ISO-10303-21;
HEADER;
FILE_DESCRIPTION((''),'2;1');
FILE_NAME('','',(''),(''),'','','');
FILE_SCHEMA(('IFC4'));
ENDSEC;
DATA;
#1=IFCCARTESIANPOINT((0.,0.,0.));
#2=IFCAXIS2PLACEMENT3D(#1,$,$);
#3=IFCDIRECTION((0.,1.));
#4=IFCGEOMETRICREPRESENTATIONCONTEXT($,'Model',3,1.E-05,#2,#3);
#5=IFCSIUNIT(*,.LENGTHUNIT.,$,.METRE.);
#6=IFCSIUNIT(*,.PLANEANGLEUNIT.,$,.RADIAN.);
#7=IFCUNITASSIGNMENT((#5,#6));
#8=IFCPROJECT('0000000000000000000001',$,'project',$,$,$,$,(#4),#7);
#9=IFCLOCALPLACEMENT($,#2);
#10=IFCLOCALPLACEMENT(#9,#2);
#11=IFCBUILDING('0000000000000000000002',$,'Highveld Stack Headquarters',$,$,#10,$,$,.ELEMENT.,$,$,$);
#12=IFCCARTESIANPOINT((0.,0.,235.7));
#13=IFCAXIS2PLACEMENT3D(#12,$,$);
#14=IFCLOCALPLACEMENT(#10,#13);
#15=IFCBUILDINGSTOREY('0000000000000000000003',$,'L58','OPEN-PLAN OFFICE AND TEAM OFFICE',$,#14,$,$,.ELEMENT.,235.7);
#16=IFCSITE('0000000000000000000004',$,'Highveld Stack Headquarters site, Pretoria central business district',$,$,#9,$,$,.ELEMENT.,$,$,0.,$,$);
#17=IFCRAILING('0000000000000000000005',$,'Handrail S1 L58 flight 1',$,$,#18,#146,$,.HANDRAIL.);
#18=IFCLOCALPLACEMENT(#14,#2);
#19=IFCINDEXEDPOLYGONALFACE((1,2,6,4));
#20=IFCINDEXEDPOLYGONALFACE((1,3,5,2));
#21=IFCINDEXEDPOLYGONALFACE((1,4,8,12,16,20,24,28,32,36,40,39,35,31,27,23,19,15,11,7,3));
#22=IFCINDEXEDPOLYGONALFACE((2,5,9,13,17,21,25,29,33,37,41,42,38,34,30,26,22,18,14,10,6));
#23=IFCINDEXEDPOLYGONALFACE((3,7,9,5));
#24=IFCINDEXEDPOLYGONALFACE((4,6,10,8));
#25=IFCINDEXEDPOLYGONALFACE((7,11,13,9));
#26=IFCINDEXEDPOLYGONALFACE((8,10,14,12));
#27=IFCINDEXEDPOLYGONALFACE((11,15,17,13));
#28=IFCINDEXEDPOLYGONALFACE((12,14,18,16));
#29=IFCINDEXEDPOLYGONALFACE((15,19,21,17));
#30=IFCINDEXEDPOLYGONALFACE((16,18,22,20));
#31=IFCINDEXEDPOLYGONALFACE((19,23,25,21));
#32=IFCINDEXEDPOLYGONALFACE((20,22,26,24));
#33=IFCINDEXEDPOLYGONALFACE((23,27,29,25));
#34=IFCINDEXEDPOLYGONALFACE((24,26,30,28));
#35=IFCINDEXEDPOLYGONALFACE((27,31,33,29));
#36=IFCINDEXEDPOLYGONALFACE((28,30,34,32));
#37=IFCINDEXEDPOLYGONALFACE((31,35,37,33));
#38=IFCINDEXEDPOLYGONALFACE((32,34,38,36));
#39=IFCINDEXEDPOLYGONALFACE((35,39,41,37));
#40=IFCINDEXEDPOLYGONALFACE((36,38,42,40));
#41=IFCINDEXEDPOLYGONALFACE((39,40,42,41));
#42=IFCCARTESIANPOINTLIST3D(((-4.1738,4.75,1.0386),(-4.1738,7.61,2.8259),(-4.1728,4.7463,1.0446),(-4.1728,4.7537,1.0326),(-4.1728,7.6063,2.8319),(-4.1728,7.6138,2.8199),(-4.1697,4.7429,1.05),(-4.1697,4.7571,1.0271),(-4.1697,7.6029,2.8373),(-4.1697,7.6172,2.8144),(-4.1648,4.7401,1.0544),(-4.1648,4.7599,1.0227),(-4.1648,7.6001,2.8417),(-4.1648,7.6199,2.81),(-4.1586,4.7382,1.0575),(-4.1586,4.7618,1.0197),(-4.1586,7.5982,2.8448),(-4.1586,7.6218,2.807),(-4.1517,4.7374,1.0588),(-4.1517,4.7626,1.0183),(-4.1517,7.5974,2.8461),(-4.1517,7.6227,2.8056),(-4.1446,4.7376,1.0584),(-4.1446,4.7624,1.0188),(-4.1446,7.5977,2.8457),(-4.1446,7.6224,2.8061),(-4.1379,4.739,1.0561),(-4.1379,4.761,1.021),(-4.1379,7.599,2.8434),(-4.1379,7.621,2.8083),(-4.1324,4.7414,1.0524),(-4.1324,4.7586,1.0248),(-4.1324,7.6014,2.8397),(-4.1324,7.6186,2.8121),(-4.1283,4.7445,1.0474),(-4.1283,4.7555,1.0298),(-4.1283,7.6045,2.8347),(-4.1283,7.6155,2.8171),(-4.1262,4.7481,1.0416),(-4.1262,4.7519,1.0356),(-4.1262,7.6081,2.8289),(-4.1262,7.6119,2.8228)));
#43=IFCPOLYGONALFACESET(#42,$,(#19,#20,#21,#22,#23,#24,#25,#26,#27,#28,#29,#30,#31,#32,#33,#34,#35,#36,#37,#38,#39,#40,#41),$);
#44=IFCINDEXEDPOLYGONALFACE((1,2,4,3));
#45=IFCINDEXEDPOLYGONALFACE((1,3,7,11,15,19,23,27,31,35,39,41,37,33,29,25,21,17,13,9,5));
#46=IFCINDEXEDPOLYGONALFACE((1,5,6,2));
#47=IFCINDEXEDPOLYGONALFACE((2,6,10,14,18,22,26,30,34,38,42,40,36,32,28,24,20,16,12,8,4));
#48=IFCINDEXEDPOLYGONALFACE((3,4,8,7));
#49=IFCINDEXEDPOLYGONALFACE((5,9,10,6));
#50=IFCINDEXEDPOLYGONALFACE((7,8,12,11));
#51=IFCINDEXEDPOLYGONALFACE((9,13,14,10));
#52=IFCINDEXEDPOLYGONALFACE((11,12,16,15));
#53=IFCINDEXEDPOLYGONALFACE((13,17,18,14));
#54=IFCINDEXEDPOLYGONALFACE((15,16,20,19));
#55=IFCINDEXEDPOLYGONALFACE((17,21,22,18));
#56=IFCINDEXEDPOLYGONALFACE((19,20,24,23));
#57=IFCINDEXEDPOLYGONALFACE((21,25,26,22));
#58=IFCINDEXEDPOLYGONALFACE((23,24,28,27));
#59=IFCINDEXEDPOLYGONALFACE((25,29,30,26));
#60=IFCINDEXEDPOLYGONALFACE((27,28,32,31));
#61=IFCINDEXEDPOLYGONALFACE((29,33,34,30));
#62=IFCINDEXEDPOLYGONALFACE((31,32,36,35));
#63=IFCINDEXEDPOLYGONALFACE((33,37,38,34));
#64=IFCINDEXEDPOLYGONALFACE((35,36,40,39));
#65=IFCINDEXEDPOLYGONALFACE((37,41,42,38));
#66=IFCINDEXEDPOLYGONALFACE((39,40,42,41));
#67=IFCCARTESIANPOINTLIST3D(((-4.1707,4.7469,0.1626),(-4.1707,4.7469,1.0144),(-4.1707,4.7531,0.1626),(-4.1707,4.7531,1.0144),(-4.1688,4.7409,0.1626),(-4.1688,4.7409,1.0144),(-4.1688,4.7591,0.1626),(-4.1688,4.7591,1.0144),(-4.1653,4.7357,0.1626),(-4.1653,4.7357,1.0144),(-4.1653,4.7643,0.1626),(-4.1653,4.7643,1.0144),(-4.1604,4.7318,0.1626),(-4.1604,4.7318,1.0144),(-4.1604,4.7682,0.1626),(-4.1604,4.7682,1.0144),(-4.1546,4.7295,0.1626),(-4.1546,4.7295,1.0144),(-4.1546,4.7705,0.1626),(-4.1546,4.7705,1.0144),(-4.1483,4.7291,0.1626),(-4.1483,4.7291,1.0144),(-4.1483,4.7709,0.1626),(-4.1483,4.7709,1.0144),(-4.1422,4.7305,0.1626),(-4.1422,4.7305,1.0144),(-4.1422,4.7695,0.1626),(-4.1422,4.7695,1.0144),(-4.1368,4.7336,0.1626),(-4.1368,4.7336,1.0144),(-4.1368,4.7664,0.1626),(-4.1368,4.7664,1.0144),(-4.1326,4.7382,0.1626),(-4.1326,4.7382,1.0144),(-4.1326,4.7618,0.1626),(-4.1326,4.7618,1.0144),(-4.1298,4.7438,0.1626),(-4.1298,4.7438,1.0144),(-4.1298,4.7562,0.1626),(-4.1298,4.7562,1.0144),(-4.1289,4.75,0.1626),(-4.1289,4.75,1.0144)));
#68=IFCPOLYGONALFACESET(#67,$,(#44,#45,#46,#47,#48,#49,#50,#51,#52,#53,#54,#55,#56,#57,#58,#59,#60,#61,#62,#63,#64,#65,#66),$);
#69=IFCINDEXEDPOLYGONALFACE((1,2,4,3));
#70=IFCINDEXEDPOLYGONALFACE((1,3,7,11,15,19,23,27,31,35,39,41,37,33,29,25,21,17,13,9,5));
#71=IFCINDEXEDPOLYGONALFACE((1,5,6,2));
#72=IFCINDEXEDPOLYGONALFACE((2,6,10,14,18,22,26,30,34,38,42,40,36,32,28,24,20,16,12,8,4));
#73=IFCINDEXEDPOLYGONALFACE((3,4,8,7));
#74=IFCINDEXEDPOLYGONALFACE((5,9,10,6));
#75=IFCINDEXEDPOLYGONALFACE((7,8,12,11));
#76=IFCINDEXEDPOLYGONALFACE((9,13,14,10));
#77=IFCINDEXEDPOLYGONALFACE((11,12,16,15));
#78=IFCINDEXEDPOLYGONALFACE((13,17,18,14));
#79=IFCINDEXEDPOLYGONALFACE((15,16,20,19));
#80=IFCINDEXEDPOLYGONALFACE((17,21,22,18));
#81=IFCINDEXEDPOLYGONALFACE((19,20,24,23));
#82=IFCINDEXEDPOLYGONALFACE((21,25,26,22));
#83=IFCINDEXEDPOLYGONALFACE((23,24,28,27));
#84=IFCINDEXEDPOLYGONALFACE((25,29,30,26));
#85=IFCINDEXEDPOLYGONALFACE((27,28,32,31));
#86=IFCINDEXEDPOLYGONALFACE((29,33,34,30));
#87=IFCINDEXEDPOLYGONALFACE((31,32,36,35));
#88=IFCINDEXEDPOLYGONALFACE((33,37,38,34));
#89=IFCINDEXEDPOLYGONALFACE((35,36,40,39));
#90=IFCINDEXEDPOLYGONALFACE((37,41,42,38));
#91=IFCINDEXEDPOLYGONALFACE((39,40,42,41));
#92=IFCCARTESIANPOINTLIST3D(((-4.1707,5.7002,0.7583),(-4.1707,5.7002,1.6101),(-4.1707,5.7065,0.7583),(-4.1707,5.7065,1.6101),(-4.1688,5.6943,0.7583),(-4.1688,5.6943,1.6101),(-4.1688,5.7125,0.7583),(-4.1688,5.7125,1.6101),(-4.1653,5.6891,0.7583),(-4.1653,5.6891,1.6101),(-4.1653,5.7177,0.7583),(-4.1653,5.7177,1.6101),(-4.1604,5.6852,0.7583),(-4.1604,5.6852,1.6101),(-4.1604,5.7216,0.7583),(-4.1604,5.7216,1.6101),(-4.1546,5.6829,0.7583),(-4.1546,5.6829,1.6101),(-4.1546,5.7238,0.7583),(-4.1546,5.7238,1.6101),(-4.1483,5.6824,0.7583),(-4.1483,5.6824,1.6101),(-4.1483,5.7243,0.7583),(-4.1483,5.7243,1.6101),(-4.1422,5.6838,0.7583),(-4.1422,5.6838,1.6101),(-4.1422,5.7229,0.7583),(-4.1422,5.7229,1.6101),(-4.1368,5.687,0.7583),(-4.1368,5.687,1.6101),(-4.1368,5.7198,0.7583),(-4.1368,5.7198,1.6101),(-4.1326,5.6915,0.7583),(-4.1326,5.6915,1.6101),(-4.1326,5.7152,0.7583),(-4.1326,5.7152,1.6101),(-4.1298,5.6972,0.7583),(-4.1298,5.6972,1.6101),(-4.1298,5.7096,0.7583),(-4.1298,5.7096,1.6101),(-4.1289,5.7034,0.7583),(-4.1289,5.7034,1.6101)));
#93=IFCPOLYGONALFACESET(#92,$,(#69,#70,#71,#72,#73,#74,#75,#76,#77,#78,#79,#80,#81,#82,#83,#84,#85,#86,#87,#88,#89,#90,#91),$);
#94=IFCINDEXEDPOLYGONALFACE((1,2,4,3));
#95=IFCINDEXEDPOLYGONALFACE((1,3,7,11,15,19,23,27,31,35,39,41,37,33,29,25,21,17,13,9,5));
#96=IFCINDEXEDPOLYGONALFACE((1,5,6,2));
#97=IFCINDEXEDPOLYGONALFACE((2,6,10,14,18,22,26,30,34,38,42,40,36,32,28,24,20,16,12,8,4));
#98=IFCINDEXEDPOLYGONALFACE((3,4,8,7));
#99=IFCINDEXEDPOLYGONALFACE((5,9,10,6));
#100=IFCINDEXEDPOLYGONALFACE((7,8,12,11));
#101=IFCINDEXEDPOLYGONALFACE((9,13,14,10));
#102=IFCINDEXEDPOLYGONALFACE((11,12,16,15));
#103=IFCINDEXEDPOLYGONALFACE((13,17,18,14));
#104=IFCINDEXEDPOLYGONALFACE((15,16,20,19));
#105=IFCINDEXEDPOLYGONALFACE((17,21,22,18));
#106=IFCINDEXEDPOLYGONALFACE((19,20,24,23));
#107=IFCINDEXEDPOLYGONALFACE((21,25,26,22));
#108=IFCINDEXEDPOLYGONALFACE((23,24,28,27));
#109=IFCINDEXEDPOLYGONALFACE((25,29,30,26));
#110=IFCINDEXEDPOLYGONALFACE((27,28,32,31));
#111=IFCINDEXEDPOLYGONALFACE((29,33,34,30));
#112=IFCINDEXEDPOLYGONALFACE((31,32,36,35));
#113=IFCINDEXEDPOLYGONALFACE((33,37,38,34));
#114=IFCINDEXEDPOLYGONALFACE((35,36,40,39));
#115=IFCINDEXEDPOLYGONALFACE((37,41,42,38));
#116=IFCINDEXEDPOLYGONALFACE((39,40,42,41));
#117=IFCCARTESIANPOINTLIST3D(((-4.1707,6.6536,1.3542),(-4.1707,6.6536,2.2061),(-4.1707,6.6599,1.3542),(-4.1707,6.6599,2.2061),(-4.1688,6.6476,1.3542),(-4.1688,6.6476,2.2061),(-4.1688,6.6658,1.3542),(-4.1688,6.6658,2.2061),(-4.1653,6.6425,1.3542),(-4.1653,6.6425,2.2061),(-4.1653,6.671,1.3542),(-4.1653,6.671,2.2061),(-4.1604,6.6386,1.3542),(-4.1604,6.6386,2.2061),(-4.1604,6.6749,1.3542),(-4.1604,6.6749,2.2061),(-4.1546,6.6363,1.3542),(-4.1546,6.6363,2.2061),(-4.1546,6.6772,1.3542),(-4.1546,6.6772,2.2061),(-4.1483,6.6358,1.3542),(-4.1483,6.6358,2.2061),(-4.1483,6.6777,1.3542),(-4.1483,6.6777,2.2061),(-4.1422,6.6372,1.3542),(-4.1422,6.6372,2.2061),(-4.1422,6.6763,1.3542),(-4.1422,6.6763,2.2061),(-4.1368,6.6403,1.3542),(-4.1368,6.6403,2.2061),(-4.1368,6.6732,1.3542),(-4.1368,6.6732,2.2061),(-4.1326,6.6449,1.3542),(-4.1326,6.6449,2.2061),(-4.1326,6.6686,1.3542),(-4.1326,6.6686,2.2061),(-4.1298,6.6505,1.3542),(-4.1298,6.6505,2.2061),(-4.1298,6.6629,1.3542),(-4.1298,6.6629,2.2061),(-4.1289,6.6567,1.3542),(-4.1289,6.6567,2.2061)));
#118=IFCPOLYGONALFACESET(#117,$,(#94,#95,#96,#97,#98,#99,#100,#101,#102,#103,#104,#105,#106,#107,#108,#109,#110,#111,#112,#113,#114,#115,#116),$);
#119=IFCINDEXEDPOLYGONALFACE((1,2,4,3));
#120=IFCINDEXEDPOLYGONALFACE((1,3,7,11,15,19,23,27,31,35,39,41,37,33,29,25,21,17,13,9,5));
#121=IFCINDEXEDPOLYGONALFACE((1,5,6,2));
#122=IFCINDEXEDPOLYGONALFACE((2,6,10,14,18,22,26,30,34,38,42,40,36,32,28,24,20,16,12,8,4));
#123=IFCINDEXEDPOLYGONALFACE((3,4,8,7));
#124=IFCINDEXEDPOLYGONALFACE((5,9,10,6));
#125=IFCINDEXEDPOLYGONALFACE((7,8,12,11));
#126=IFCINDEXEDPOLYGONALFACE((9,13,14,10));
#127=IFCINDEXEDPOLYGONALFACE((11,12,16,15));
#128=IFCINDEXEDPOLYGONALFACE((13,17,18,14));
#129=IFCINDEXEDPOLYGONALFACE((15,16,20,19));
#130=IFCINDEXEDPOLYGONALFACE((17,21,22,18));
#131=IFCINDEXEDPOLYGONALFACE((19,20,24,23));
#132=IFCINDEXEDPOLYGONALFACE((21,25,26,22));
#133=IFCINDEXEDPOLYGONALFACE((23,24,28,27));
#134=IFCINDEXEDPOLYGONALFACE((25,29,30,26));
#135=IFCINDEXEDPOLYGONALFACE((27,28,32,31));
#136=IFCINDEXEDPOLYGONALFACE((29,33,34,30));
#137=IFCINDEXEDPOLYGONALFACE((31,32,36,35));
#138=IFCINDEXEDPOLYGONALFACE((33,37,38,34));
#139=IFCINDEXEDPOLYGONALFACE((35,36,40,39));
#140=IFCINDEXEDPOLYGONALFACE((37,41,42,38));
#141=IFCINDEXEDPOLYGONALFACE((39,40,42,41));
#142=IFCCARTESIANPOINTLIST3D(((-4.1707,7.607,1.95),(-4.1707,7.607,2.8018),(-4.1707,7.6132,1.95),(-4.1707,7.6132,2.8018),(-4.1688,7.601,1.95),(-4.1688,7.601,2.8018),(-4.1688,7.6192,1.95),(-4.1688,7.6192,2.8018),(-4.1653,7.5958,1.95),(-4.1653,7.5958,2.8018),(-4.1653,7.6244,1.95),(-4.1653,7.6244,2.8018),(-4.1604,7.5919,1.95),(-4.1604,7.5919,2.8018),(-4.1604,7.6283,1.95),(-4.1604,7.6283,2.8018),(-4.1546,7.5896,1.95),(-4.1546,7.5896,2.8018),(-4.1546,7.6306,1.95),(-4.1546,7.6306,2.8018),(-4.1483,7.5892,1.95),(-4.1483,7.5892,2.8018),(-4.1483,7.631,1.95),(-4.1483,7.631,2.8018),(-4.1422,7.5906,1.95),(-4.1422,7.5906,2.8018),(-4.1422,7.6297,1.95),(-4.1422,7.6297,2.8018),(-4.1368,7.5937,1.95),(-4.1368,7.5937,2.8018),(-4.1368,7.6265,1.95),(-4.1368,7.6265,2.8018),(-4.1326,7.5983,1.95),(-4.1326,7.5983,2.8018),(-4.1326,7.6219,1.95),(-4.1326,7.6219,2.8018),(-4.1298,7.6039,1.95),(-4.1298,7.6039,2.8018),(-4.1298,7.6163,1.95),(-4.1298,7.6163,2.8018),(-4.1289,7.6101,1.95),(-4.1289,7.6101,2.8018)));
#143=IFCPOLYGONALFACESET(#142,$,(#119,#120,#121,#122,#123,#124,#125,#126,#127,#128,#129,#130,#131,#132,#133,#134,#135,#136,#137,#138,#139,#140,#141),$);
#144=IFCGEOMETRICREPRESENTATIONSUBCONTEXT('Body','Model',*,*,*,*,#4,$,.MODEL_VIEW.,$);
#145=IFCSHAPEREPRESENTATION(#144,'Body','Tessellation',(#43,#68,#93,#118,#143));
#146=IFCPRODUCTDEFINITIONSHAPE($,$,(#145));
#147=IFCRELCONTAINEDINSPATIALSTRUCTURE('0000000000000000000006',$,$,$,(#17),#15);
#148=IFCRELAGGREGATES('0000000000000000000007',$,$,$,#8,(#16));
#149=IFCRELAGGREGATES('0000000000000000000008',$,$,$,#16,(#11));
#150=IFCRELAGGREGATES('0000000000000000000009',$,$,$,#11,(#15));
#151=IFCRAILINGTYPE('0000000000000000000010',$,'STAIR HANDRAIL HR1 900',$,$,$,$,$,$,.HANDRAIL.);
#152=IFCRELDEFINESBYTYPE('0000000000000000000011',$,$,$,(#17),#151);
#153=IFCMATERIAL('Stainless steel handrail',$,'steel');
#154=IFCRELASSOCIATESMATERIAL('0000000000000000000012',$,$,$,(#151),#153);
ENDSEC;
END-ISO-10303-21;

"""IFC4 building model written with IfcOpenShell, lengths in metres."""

from ifc_helpers import new_model, si_unit, direction, frame, origin, origin_2d, place, context, subcontext, project, spatial, circle, extrude, material, type_object, element, save


model = new_model("IFC4")

# Units and contexts
model_context = context("Model", 3, precision=1e-05, world=origin(), true_north=direction((0.0, 1.0)))
body_context = subcontext(model_context, "Body", "Model", "MODEL_VIEW")
ifc_project = project(units=[si_unit("LENGTHUNIT", "METRE"), si_unit("PLANEANGLEUNIT", "RADIAN")], contexts=[model_context])

# Site, building, storey
site_placement = place(None, origin())
site = spatial("IfcSite", under=ifc_project, at=site_placement, Name="Highveld Stack Headquarters site, Pretoria central business district", CompositionType="ELEMENT", RefElevation=0.0)
building_placement = place(site_placement, origin())
building = spatial("IfcBuilding", under=site, at=building_placement, Name="Highveld Stack Headquarters", CompositionType="ELEMENT")
storey_placement = place(building_placement, frame((0.0, 0.0, 235.7)))
storey = spatial("IfcBuildingStorey", under=building, at=storey_placement, Name="L58", Description="OPEN-PLAN OFFICE AND TEAM OFFICE", CompositionType="ELEMENT", Elevation=235.7)

# Railing
ifc_material_1 = material(Name="Stainless steel handrail", Category="steel")
railing_type = type_object("IfcRailingType", Name="STAIR HANDRAIL HR1 900", PredefinedType="HANDRAIL", material=ifc_material_1)
for number, where, name in (
    (1, (-4.1499, 4.75, 0.1626), "Handrail S1 L58 flight 1"),
):
    element("IfcRailing", number, at=place(storey_placement, frame(where)), inside=storey, type_object=railing_type, Name=name, PredefinedType="HANDRAIL", context=body_context, shape_type="SweptSolid", body=[
        extrude(circle(Radius=0.0239, at=origin_2d()), frame((0.0, 0.0, 0.876), z_axis=(0.0, 0.848027, 0.529953), x_axis=(-1.0, 0.0, 0.0)), (0.0, 0.0, 1.0), 3.3726),
        extrude(circle(Radius=0.021, at=origin_2d()), origin(), (0.0, 0.0, 1.0), 0.8518),
        extrude(circle(Radius=0.021, at=origin_2d()), frame((0.0, 0.9534, 0.5957)), (0.0, 0.0, 1.0), 0.8518),
        extrude(circle(Radius=0.021, at=origin_2d()), frame((0.0, 1.9067, 1.1917)), (0.0, 0.0, 1.0), 0.8518),
        extrude(circle(Radius=0.021, at=origin_2d()), frame((0.0, 2.8601, 1.7874)), (0.0, 0.0, 1.0), 0.8518),
    ])

save(model, "model.ifc")
